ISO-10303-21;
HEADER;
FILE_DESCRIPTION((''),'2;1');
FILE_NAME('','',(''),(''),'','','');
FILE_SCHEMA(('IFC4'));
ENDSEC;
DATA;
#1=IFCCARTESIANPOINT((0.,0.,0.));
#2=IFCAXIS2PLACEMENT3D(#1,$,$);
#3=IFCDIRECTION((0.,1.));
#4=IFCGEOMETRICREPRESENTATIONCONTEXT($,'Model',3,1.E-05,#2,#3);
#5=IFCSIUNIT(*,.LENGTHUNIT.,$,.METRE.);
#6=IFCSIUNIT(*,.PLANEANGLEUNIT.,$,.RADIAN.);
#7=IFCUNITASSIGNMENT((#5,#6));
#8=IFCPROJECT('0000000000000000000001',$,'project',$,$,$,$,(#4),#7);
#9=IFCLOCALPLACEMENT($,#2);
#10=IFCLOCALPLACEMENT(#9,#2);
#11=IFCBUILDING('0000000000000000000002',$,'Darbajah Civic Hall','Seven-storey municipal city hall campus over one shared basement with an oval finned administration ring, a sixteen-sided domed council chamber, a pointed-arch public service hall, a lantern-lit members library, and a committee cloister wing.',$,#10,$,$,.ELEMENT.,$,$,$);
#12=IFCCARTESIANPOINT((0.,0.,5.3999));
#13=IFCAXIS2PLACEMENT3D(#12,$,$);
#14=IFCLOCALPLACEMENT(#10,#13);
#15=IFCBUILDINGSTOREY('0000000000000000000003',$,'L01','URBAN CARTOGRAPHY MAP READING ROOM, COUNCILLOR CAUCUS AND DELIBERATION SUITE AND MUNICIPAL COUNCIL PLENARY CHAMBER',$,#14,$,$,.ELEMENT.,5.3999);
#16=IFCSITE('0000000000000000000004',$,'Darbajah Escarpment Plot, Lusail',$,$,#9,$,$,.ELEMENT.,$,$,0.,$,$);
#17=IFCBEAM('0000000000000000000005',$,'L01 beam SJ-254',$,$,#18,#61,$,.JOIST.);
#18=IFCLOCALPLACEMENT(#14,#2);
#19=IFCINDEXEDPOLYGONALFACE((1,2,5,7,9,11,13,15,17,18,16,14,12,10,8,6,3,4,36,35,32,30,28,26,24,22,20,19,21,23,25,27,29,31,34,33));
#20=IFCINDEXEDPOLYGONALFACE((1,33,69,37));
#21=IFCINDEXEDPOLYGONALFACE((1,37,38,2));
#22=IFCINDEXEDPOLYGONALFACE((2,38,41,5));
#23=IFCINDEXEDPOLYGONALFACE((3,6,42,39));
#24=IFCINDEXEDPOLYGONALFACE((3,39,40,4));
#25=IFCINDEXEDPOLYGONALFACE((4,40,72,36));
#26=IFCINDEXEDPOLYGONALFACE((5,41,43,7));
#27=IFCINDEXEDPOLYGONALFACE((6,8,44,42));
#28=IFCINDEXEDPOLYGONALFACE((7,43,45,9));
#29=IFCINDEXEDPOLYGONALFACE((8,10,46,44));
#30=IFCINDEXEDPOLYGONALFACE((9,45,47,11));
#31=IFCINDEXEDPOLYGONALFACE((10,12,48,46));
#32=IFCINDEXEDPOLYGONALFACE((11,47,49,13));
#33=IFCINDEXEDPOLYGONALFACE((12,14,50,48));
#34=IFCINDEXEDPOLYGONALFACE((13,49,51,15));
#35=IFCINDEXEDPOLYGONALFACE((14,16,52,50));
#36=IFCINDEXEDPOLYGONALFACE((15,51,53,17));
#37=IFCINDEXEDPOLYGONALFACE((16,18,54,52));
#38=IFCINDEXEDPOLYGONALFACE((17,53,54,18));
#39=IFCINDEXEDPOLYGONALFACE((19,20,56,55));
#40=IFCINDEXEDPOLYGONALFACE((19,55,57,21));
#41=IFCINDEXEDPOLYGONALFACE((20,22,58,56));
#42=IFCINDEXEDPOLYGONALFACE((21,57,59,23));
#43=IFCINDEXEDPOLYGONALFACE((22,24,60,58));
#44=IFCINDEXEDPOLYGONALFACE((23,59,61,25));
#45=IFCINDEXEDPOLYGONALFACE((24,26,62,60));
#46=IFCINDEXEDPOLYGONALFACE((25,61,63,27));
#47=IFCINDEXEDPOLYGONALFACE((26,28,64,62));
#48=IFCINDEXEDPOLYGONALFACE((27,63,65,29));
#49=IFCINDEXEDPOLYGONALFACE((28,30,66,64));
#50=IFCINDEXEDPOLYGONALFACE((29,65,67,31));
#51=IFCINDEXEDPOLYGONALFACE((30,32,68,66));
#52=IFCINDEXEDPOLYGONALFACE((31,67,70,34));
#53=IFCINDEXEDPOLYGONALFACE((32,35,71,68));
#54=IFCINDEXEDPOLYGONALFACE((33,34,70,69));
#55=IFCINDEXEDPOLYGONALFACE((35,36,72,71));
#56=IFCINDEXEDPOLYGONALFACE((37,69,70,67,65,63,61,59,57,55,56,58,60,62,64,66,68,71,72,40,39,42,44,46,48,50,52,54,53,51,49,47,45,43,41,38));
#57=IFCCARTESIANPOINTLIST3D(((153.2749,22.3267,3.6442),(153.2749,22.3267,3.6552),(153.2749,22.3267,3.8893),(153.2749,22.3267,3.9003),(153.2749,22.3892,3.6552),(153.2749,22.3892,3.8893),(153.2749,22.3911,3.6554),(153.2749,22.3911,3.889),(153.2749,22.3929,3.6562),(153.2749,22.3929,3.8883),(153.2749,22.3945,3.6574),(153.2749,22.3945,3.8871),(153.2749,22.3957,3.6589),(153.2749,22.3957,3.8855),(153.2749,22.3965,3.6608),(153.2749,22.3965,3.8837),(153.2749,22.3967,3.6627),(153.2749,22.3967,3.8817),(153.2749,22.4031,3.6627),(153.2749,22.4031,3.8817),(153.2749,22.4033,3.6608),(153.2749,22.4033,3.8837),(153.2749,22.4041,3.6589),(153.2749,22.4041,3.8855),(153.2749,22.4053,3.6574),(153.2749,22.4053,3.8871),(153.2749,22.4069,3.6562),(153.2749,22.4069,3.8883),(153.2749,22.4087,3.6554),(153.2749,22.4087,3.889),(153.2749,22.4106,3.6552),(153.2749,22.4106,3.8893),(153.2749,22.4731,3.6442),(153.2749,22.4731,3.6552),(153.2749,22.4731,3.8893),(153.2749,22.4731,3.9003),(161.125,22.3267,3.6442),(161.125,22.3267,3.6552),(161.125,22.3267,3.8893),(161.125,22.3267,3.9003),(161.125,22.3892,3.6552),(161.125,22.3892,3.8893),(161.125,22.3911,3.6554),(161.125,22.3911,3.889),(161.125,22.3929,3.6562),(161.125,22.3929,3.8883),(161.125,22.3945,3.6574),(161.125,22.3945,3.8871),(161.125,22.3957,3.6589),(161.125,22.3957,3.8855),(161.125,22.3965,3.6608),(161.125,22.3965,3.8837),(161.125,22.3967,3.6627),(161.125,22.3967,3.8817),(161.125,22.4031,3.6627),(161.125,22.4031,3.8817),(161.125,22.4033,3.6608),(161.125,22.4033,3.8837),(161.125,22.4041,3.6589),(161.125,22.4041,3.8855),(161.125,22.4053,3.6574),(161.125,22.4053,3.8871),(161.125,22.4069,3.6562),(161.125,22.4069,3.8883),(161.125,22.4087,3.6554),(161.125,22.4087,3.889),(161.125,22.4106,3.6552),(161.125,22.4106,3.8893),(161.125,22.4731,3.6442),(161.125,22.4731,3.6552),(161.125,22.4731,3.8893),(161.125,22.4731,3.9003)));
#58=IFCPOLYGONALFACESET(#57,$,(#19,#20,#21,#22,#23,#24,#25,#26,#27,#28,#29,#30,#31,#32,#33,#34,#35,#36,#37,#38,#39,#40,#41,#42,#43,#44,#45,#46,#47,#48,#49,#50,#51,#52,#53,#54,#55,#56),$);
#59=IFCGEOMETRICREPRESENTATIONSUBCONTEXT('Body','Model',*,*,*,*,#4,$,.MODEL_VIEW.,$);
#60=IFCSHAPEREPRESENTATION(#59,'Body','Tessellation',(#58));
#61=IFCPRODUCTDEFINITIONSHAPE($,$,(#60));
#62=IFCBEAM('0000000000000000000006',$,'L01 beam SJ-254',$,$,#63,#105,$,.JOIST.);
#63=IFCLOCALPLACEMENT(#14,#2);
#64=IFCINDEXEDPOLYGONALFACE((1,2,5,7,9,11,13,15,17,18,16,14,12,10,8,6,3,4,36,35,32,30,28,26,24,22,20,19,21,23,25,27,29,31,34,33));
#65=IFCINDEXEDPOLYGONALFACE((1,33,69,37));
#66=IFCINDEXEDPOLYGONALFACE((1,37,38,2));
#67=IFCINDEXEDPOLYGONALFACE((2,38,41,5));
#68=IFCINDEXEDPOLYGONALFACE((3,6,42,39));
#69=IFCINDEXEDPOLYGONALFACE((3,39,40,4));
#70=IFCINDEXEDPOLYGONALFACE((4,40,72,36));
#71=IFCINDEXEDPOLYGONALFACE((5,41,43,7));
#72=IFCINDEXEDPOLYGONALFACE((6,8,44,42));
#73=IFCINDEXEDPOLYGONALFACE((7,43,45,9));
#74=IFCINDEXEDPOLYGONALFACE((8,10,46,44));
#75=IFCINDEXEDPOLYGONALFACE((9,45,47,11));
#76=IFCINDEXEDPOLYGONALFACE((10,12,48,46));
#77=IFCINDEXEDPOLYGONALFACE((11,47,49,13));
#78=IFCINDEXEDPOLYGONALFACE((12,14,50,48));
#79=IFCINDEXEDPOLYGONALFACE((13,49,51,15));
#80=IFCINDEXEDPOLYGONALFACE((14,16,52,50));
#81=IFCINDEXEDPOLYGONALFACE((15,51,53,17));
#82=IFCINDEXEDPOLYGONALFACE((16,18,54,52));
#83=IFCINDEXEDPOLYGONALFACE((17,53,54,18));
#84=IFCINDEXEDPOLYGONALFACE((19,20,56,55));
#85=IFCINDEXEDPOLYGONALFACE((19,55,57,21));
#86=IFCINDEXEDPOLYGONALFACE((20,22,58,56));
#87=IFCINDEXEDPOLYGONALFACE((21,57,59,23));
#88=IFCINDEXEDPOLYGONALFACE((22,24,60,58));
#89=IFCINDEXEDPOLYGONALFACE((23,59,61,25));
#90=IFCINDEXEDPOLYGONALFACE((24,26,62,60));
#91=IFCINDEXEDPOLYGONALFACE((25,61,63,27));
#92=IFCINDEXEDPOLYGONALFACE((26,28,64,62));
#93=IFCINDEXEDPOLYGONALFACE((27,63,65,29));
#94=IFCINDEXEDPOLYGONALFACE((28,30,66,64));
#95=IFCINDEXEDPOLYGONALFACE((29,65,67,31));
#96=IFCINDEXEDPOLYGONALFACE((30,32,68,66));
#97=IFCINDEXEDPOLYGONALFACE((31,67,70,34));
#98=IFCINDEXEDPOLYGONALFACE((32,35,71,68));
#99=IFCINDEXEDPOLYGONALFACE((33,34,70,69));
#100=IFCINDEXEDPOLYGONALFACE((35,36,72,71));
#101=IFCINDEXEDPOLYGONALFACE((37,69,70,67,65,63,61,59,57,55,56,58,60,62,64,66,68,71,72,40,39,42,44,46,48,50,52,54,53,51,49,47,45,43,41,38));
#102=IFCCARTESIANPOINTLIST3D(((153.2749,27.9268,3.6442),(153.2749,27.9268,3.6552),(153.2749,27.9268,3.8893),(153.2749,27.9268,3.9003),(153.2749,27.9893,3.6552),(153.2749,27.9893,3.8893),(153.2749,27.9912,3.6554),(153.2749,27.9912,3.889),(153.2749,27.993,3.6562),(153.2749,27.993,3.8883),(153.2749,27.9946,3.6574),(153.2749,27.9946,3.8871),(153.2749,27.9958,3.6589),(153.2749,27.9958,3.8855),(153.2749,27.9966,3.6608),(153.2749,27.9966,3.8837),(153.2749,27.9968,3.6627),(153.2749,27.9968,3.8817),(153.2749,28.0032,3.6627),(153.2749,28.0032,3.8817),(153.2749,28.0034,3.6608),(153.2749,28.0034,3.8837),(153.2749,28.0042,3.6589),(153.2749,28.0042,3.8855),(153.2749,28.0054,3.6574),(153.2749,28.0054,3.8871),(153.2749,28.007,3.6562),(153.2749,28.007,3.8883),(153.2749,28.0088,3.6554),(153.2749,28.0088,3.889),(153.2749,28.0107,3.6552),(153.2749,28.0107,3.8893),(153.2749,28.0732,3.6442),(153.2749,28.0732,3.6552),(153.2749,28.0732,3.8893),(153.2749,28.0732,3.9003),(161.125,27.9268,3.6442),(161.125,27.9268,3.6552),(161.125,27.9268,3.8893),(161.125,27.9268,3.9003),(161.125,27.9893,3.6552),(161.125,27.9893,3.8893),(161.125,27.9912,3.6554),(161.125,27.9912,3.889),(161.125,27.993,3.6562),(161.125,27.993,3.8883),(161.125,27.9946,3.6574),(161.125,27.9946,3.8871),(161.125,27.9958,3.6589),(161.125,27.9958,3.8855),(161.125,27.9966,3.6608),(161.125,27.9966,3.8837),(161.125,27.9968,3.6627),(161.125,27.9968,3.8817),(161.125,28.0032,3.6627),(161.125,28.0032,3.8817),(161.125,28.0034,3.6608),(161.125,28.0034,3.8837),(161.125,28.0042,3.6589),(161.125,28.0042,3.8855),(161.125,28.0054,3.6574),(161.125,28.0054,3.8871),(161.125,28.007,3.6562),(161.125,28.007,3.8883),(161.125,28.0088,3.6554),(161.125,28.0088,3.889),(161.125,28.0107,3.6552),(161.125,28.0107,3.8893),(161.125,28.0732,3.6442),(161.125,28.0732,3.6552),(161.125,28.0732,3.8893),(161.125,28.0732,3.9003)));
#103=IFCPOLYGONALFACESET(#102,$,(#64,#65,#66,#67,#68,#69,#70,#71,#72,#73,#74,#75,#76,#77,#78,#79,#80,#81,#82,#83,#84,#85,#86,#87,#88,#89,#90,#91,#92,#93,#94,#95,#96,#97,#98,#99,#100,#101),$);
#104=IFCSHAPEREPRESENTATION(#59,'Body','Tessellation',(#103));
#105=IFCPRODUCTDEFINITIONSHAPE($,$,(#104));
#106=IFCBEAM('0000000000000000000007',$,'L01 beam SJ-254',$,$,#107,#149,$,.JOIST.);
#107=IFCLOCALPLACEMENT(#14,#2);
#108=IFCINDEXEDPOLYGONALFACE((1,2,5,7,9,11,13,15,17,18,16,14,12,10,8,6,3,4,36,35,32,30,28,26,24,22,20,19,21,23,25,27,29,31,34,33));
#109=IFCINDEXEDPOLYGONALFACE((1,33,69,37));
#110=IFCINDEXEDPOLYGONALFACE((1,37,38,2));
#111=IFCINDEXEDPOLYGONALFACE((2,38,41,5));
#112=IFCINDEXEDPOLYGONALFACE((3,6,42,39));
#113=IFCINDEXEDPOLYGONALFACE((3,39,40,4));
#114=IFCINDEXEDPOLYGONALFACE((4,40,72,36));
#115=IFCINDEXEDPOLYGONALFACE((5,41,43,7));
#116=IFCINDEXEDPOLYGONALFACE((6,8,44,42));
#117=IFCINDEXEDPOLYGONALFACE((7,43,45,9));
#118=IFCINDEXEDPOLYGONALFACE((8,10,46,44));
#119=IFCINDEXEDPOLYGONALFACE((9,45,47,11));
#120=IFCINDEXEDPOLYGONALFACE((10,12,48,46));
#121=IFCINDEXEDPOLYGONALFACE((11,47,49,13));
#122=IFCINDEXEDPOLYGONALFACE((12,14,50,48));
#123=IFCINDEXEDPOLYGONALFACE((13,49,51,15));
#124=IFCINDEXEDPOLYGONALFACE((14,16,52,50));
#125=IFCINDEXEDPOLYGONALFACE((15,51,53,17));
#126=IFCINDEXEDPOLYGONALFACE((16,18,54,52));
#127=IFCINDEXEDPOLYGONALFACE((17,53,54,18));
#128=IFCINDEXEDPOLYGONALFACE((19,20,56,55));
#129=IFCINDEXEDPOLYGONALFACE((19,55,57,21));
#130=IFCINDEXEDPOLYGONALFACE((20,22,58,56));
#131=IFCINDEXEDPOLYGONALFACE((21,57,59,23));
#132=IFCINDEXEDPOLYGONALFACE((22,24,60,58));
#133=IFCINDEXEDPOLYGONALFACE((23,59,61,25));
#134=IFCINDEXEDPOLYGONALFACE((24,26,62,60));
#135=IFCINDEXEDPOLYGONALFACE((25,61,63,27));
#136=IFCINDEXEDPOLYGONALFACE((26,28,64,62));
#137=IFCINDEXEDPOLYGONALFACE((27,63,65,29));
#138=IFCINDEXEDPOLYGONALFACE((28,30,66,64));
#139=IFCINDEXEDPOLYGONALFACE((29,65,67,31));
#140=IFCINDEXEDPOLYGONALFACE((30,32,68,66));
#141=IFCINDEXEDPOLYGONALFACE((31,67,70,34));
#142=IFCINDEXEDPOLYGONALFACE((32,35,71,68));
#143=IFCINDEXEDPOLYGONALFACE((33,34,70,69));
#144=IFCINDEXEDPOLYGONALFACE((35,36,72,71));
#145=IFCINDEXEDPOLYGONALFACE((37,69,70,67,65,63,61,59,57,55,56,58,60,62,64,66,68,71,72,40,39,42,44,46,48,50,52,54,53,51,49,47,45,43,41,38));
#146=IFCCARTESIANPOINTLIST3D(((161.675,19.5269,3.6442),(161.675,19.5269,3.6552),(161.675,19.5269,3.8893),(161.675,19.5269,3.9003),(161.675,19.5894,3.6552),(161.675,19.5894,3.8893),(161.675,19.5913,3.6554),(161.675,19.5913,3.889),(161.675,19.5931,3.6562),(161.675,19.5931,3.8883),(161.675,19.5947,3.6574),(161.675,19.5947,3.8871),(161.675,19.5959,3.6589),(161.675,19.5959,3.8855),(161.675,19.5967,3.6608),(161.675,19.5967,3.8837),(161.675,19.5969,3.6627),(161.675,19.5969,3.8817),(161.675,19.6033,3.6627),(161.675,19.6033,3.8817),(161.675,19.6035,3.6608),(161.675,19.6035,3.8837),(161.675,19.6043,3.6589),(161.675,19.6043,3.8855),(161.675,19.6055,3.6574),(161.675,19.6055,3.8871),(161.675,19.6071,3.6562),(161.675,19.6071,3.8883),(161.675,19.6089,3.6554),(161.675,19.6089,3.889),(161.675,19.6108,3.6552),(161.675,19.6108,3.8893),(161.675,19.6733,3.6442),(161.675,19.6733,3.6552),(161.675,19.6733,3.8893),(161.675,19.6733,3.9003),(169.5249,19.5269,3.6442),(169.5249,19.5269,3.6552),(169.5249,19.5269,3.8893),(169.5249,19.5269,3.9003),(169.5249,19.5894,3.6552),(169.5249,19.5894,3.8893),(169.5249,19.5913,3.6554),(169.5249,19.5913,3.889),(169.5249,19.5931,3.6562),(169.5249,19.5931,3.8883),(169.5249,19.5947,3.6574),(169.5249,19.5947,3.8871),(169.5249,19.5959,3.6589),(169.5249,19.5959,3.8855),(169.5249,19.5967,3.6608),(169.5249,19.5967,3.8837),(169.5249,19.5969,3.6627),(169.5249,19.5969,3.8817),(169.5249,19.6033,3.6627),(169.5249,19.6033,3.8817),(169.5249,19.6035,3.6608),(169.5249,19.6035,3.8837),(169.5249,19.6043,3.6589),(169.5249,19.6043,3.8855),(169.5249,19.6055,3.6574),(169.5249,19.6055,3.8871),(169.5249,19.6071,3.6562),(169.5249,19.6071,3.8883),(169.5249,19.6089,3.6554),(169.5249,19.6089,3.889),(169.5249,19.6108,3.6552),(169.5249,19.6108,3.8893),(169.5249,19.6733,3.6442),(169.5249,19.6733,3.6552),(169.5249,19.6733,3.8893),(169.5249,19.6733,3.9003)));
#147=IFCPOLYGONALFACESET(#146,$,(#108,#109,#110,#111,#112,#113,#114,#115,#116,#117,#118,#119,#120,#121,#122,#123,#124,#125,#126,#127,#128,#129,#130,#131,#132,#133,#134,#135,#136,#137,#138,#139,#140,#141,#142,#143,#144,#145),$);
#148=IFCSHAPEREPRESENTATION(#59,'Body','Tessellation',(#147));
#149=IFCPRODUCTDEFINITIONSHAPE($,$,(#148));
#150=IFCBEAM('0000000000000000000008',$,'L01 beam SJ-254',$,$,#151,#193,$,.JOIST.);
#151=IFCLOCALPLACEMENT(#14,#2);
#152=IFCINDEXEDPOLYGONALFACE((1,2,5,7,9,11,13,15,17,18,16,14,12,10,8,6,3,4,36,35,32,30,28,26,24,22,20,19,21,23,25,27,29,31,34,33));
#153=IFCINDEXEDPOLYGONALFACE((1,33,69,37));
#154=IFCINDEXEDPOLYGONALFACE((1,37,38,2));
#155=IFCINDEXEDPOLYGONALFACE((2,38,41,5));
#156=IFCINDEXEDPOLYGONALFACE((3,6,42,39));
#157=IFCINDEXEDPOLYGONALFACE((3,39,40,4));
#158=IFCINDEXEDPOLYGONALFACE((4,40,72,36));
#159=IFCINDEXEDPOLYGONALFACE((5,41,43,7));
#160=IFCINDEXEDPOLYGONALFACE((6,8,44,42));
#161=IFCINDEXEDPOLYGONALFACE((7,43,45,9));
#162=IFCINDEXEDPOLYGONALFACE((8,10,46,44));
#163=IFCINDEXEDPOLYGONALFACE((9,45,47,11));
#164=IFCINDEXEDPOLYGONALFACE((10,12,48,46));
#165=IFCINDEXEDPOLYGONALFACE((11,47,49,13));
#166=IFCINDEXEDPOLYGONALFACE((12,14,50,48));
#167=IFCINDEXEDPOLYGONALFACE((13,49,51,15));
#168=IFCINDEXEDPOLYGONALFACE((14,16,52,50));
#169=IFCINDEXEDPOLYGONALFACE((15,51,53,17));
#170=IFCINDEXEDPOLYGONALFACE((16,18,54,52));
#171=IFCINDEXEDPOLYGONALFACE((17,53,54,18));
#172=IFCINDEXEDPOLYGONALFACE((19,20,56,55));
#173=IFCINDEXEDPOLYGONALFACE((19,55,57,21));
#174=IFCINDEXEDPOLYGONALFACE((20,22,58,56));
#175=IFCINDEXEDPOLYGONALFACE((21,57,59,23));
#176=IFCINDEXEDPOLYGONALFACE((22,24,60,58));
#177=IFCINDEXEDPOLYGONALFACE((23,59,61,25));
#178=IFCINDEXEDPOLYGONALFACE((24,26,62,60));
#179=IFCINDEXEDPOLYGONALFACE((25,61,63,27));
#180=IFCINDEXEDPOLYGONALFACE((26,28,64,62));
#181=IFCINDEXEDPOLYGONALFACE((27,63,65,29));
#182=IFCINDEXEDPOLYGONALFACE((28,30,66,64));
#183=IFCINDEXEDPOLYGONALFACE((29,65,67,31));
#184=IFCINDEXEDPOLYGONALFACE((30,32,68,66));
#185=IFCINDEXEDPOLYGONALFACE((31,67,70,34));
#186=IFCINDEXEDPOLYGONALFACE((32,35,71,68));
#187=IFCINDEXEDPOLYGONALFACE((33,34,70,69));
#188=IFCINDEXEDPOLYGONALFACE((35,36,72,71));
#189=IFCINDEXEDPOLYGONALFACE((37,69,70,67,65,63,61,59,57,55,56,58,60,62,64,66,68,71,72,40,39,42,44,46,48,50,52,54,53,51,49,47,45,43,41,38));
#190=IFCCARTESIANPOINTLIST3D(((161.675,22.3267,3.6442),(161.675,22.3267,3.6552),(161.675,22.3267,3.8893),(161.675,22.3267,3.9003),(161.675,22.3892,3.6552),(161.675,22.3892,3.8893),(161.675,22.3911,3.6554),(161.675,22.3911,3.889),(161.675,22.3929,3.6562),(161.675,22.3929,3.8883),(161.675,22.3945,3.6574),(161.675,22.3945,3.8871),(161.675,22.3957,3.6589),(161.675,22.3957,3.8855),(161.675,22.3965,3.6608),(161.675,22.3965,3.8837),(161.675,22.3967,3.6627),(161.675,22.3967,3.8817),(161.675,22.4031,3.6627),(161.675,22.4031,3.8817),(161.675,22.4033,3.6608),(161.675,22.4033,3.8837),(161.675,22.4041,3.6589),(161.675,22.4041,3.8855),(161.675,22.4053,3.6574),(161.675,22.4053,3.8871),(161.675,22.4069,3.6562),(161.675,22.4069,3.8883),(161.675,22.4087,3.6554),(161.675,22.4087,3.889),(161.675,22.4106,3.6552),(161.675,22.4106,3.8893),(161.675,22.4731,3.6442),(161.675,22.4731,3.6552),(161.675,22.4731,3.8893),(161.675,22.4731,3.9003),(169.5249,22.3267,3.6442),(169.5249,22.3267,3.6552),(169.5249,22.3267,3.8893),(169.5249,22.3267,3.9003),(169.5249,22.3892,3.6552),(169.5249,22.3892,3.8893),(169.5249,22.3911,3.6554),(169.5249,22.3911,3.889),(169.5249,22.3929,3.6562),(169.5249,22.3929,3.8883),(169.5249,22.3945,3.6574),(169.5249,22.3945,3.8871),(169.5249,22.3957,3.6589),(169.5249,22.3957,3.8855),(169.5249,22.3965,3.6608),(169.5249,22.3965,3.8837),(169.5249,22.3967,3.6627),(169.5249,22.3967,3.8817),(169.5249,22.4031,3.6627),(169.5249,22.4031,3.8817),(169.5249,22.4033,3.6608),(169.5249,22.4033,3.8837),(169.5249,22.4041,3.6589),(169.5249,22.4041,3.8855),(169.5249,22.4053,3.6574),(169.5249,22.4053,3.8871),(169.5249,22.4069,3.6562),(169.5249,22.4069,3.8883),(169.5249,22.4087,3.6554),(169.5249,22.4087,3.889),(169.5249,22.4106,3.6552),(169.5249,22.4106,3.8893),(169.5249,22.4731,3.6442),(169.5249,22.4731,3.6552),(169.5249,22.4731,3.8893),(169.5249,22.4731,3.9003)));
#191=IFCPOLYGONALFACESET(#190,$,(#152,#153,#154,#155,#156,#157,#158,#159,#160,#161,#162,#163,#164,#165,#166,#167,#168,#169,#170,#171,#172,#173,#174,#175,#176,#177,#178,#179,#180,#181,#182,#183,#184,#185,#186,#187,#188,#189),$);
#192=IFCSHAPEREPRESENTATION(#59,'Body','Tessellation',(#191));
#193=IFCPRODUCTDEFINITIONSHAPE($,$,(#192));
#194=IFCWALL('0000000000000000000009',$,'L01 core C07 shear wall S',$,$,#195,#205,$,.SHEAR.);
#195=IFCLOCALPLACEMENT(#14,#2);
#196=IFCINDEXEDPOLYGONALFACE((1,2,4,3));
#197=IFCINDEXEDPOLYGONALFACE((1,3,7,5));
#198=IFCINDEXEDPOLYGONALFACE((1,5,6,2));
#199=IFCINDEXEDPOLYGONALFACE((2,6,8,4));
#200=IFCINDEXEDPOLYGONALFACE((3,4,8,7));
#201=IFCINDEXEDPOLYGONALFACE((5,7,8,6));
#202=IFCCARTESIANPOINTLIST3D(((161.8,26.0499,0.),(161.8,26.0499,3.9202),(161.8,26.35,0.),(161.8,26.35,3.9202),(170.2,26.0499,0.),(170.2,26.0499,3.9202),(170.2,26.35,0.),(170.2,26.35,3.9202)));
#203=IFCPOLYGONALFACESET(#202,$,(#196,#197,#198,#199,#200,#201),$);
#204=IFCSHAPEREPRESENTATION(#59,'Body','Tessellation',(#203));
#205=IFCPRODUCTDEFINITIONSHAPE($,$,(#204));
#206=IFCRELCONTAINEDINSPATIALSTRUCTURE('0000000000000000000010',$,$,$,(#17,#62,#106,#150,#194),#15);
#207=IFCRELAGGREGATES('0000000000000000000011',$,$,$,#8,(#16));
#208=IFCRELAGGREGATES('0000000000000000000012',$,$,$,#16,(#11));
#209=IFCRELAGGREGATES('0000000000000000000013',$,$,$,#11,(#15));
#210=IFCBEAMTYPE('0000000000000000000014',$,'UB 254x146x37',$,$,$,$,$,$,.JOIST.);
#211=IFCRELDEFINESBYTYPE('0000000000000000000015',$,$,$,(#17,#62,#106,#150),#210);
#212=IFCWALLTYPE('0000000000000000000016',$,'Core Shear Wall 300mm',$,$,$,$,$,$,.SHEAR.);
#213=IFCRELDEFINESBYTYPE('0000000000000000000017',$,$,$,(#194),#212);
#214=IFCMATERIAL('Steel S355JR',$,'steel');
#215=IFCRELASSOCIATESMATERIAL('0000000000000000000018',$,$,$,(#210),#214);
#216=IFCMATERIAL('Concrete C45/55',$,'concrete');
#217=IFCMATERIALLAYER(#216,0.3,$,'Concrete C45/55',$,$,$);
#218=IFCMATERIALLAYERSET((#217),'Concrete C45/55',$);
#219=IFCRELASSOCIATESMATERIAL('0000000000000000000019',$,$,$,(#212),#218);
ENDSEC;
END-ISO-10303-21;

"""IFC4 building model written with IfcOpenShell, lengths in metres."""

from ifc_helpers import new_model, si_unit, direction, frame, frame_2d, origin, origin_2d, place, context, subcontext, project, spatial, rectangle, i_section, extrude, material, layer, layer_set, material_profile, profile_set, type_object, element, save


model = new_model("IFC4")

# Units and contexts
model_context = context("Model", 3, precision=1e-05, world=origin(), true_north=direction((0.0, 1.0)))
body_context = subcontext(model_context, "Body", "Model", "MODEL_VIEW")
ifc_project = project(units=[si_unit("LENGTHUNIT", "METRE"), si_unit("PLANEANGLEUNIT", "RADIAN")], contexts=[model_context])

# Site, building, storey
site_placement = place(None, origin())
site = spatial("IfcSite", under=ifc_project, at=site_placement, Name="Darbajah Escarpment Plot, Lusail", CompositionType="ELEMENT", RefElevation=0.0)
building_placement = place(site_placement, origin())
building = spatial("IfcBuilding", under=site, at=building_placement, Name="Darbajah Civic Hall", Description="Seven-storey municipal city hall campus over one shared basement with an oval finned administration ring, a sixteen-sided domed council chamber, a pointed-arch public service hall, a lantern-lit members library, and a committee cloister wing.", CompositionType="ELEMENT")
storey_placement = place(building_placement, frame((0.0, 0.0, 5.3999)))
storey = spatial("IfcBuildingStorey", under=building, at=storey_placement, Name="L01", Description="URBAN CARTOGRAPHY MAP READING ROOM, COUNCILLOR CAUCUS AND DELIBERATION SUITE AND MUNICIPAL COUNCIL PLENARY CHAMBER", CompositionType="ELEMENT", Elevation=5.3999)

# Shared definitions
ifc_material_1 = material(Name="Concrete C45/55", Category="concrete")

# Beams
ifc_material_2 = material(Name="Steel S355JR", Category="steel")
ifc_material_profile_1 = material_profile(ifc_material_2, i_section(OverallWidth=0.1465, OverallDepth=0.2561, WebThickness=0.0063, FlangeThickness=0.011, FilletRadius=0.0076, at=origin_2d()), Name="UB 254x146x37")
ifc_profile_set_1 = profile_set([ifc_material_profile_1], Name="Steel S355JR")
beam_type_1 = type_object("IfcBeamType", Name="UB 254x146x37", PredefinedType="JOIST", material=ifc_profile_set_1)
for number, where, z_axis, x_axis, name in (
    (1, (153.2749, 22.3999, 3.7722), (1.0, 0.0, 0.0), (0.0, 1.0, 0.0), "L01 beam SJ-254"),
    (2, (153.2749, 28.0, 3.7722), (1.0, 0.0, 0.0), (0.0, 1.0, 0.0), "L01 beam SJ-254"),
):
    element("IfcBeam", number, at=place(storey_placement, frame(where, z_axis=z_axis, x_axis=x_axis)), inside=storey, type_object=beam_type_1, Name=name, PredefinedType="JOIST", context=body_context, shape_type="SweptSolid", body=[
        extrude(i_section(OverallWidth=0.1465, OverallDepth=0.2561, WebThickness=0.0063, FlangeThickness=0.011, FilletRadius=0.0076, at=origin_2d()), origin(), (0.0, 0.0, 1.0), 7.8501),
    ])
for number, where, z_axis, x_axis, name in (
    (3, (161.675, 19.6001, 3.7722), (1.0, 0.0, 0.0), (0.0, 1.0, 0.0), "L01 beam SJ-254"),
    (4, (161.675, 22.3999, 3.7722), (1.0, 0.0, 0.0), (0.0, 1.0, 0.0), "L01 beam SJ-254"),
):
    element("IfcBeam", number, at=place(storey_placement, frame(where, z_axis=z_axis, x_axis=x_axis)), inside=storey, type_object=beam_type_1, Name=name, PredefinedType="JOIST", context=body_context, shape_type="SweptSolid", body=[
        extrude(i_section(OverallWidth=0.1465, OverallDepth=0.2561, WebThickness=0.0063, FlangeThickness=0.011, FilletRadius=0.0076, at=origin_2d()), origin(), (0.0, 0.0, 1.0), 7.8499),
    ])

# Wall
ifc_layer = layer(ifc_material_1, 0.3, Name="Concrete C45/55")
ifc_layer_set = layer_set([ifc_layer], Name="Concrete C45/55")
wall_type = type_object("IfcWallType", Name="Core Shear Wall 300mm", PredefinedType="SHEAR", material=ifc_layer_set)
wall_1_placement = place(storey_placement, frame((161.8, 26.2, 0.0), z_axis=(0.0, 0.0, 1.0), x_axis=(1.0, 0.0, 0.0)))
element("IfcWall", 5, at=wall_1_placement, inside=storey, type_object=wall_type, Name="L01 core C07 shear wall S", PredefinedType="SHEAR", context=body_context, shape_type="SweptSolid", body=[
    extrude(rectangle(XDim=8.3999, YDim=0.3, at=frame_2d((4.2, 0.0))), origin(), (0.0, 0.0, 1.0), 3.9202),
])

save(model, "model.ifc")
